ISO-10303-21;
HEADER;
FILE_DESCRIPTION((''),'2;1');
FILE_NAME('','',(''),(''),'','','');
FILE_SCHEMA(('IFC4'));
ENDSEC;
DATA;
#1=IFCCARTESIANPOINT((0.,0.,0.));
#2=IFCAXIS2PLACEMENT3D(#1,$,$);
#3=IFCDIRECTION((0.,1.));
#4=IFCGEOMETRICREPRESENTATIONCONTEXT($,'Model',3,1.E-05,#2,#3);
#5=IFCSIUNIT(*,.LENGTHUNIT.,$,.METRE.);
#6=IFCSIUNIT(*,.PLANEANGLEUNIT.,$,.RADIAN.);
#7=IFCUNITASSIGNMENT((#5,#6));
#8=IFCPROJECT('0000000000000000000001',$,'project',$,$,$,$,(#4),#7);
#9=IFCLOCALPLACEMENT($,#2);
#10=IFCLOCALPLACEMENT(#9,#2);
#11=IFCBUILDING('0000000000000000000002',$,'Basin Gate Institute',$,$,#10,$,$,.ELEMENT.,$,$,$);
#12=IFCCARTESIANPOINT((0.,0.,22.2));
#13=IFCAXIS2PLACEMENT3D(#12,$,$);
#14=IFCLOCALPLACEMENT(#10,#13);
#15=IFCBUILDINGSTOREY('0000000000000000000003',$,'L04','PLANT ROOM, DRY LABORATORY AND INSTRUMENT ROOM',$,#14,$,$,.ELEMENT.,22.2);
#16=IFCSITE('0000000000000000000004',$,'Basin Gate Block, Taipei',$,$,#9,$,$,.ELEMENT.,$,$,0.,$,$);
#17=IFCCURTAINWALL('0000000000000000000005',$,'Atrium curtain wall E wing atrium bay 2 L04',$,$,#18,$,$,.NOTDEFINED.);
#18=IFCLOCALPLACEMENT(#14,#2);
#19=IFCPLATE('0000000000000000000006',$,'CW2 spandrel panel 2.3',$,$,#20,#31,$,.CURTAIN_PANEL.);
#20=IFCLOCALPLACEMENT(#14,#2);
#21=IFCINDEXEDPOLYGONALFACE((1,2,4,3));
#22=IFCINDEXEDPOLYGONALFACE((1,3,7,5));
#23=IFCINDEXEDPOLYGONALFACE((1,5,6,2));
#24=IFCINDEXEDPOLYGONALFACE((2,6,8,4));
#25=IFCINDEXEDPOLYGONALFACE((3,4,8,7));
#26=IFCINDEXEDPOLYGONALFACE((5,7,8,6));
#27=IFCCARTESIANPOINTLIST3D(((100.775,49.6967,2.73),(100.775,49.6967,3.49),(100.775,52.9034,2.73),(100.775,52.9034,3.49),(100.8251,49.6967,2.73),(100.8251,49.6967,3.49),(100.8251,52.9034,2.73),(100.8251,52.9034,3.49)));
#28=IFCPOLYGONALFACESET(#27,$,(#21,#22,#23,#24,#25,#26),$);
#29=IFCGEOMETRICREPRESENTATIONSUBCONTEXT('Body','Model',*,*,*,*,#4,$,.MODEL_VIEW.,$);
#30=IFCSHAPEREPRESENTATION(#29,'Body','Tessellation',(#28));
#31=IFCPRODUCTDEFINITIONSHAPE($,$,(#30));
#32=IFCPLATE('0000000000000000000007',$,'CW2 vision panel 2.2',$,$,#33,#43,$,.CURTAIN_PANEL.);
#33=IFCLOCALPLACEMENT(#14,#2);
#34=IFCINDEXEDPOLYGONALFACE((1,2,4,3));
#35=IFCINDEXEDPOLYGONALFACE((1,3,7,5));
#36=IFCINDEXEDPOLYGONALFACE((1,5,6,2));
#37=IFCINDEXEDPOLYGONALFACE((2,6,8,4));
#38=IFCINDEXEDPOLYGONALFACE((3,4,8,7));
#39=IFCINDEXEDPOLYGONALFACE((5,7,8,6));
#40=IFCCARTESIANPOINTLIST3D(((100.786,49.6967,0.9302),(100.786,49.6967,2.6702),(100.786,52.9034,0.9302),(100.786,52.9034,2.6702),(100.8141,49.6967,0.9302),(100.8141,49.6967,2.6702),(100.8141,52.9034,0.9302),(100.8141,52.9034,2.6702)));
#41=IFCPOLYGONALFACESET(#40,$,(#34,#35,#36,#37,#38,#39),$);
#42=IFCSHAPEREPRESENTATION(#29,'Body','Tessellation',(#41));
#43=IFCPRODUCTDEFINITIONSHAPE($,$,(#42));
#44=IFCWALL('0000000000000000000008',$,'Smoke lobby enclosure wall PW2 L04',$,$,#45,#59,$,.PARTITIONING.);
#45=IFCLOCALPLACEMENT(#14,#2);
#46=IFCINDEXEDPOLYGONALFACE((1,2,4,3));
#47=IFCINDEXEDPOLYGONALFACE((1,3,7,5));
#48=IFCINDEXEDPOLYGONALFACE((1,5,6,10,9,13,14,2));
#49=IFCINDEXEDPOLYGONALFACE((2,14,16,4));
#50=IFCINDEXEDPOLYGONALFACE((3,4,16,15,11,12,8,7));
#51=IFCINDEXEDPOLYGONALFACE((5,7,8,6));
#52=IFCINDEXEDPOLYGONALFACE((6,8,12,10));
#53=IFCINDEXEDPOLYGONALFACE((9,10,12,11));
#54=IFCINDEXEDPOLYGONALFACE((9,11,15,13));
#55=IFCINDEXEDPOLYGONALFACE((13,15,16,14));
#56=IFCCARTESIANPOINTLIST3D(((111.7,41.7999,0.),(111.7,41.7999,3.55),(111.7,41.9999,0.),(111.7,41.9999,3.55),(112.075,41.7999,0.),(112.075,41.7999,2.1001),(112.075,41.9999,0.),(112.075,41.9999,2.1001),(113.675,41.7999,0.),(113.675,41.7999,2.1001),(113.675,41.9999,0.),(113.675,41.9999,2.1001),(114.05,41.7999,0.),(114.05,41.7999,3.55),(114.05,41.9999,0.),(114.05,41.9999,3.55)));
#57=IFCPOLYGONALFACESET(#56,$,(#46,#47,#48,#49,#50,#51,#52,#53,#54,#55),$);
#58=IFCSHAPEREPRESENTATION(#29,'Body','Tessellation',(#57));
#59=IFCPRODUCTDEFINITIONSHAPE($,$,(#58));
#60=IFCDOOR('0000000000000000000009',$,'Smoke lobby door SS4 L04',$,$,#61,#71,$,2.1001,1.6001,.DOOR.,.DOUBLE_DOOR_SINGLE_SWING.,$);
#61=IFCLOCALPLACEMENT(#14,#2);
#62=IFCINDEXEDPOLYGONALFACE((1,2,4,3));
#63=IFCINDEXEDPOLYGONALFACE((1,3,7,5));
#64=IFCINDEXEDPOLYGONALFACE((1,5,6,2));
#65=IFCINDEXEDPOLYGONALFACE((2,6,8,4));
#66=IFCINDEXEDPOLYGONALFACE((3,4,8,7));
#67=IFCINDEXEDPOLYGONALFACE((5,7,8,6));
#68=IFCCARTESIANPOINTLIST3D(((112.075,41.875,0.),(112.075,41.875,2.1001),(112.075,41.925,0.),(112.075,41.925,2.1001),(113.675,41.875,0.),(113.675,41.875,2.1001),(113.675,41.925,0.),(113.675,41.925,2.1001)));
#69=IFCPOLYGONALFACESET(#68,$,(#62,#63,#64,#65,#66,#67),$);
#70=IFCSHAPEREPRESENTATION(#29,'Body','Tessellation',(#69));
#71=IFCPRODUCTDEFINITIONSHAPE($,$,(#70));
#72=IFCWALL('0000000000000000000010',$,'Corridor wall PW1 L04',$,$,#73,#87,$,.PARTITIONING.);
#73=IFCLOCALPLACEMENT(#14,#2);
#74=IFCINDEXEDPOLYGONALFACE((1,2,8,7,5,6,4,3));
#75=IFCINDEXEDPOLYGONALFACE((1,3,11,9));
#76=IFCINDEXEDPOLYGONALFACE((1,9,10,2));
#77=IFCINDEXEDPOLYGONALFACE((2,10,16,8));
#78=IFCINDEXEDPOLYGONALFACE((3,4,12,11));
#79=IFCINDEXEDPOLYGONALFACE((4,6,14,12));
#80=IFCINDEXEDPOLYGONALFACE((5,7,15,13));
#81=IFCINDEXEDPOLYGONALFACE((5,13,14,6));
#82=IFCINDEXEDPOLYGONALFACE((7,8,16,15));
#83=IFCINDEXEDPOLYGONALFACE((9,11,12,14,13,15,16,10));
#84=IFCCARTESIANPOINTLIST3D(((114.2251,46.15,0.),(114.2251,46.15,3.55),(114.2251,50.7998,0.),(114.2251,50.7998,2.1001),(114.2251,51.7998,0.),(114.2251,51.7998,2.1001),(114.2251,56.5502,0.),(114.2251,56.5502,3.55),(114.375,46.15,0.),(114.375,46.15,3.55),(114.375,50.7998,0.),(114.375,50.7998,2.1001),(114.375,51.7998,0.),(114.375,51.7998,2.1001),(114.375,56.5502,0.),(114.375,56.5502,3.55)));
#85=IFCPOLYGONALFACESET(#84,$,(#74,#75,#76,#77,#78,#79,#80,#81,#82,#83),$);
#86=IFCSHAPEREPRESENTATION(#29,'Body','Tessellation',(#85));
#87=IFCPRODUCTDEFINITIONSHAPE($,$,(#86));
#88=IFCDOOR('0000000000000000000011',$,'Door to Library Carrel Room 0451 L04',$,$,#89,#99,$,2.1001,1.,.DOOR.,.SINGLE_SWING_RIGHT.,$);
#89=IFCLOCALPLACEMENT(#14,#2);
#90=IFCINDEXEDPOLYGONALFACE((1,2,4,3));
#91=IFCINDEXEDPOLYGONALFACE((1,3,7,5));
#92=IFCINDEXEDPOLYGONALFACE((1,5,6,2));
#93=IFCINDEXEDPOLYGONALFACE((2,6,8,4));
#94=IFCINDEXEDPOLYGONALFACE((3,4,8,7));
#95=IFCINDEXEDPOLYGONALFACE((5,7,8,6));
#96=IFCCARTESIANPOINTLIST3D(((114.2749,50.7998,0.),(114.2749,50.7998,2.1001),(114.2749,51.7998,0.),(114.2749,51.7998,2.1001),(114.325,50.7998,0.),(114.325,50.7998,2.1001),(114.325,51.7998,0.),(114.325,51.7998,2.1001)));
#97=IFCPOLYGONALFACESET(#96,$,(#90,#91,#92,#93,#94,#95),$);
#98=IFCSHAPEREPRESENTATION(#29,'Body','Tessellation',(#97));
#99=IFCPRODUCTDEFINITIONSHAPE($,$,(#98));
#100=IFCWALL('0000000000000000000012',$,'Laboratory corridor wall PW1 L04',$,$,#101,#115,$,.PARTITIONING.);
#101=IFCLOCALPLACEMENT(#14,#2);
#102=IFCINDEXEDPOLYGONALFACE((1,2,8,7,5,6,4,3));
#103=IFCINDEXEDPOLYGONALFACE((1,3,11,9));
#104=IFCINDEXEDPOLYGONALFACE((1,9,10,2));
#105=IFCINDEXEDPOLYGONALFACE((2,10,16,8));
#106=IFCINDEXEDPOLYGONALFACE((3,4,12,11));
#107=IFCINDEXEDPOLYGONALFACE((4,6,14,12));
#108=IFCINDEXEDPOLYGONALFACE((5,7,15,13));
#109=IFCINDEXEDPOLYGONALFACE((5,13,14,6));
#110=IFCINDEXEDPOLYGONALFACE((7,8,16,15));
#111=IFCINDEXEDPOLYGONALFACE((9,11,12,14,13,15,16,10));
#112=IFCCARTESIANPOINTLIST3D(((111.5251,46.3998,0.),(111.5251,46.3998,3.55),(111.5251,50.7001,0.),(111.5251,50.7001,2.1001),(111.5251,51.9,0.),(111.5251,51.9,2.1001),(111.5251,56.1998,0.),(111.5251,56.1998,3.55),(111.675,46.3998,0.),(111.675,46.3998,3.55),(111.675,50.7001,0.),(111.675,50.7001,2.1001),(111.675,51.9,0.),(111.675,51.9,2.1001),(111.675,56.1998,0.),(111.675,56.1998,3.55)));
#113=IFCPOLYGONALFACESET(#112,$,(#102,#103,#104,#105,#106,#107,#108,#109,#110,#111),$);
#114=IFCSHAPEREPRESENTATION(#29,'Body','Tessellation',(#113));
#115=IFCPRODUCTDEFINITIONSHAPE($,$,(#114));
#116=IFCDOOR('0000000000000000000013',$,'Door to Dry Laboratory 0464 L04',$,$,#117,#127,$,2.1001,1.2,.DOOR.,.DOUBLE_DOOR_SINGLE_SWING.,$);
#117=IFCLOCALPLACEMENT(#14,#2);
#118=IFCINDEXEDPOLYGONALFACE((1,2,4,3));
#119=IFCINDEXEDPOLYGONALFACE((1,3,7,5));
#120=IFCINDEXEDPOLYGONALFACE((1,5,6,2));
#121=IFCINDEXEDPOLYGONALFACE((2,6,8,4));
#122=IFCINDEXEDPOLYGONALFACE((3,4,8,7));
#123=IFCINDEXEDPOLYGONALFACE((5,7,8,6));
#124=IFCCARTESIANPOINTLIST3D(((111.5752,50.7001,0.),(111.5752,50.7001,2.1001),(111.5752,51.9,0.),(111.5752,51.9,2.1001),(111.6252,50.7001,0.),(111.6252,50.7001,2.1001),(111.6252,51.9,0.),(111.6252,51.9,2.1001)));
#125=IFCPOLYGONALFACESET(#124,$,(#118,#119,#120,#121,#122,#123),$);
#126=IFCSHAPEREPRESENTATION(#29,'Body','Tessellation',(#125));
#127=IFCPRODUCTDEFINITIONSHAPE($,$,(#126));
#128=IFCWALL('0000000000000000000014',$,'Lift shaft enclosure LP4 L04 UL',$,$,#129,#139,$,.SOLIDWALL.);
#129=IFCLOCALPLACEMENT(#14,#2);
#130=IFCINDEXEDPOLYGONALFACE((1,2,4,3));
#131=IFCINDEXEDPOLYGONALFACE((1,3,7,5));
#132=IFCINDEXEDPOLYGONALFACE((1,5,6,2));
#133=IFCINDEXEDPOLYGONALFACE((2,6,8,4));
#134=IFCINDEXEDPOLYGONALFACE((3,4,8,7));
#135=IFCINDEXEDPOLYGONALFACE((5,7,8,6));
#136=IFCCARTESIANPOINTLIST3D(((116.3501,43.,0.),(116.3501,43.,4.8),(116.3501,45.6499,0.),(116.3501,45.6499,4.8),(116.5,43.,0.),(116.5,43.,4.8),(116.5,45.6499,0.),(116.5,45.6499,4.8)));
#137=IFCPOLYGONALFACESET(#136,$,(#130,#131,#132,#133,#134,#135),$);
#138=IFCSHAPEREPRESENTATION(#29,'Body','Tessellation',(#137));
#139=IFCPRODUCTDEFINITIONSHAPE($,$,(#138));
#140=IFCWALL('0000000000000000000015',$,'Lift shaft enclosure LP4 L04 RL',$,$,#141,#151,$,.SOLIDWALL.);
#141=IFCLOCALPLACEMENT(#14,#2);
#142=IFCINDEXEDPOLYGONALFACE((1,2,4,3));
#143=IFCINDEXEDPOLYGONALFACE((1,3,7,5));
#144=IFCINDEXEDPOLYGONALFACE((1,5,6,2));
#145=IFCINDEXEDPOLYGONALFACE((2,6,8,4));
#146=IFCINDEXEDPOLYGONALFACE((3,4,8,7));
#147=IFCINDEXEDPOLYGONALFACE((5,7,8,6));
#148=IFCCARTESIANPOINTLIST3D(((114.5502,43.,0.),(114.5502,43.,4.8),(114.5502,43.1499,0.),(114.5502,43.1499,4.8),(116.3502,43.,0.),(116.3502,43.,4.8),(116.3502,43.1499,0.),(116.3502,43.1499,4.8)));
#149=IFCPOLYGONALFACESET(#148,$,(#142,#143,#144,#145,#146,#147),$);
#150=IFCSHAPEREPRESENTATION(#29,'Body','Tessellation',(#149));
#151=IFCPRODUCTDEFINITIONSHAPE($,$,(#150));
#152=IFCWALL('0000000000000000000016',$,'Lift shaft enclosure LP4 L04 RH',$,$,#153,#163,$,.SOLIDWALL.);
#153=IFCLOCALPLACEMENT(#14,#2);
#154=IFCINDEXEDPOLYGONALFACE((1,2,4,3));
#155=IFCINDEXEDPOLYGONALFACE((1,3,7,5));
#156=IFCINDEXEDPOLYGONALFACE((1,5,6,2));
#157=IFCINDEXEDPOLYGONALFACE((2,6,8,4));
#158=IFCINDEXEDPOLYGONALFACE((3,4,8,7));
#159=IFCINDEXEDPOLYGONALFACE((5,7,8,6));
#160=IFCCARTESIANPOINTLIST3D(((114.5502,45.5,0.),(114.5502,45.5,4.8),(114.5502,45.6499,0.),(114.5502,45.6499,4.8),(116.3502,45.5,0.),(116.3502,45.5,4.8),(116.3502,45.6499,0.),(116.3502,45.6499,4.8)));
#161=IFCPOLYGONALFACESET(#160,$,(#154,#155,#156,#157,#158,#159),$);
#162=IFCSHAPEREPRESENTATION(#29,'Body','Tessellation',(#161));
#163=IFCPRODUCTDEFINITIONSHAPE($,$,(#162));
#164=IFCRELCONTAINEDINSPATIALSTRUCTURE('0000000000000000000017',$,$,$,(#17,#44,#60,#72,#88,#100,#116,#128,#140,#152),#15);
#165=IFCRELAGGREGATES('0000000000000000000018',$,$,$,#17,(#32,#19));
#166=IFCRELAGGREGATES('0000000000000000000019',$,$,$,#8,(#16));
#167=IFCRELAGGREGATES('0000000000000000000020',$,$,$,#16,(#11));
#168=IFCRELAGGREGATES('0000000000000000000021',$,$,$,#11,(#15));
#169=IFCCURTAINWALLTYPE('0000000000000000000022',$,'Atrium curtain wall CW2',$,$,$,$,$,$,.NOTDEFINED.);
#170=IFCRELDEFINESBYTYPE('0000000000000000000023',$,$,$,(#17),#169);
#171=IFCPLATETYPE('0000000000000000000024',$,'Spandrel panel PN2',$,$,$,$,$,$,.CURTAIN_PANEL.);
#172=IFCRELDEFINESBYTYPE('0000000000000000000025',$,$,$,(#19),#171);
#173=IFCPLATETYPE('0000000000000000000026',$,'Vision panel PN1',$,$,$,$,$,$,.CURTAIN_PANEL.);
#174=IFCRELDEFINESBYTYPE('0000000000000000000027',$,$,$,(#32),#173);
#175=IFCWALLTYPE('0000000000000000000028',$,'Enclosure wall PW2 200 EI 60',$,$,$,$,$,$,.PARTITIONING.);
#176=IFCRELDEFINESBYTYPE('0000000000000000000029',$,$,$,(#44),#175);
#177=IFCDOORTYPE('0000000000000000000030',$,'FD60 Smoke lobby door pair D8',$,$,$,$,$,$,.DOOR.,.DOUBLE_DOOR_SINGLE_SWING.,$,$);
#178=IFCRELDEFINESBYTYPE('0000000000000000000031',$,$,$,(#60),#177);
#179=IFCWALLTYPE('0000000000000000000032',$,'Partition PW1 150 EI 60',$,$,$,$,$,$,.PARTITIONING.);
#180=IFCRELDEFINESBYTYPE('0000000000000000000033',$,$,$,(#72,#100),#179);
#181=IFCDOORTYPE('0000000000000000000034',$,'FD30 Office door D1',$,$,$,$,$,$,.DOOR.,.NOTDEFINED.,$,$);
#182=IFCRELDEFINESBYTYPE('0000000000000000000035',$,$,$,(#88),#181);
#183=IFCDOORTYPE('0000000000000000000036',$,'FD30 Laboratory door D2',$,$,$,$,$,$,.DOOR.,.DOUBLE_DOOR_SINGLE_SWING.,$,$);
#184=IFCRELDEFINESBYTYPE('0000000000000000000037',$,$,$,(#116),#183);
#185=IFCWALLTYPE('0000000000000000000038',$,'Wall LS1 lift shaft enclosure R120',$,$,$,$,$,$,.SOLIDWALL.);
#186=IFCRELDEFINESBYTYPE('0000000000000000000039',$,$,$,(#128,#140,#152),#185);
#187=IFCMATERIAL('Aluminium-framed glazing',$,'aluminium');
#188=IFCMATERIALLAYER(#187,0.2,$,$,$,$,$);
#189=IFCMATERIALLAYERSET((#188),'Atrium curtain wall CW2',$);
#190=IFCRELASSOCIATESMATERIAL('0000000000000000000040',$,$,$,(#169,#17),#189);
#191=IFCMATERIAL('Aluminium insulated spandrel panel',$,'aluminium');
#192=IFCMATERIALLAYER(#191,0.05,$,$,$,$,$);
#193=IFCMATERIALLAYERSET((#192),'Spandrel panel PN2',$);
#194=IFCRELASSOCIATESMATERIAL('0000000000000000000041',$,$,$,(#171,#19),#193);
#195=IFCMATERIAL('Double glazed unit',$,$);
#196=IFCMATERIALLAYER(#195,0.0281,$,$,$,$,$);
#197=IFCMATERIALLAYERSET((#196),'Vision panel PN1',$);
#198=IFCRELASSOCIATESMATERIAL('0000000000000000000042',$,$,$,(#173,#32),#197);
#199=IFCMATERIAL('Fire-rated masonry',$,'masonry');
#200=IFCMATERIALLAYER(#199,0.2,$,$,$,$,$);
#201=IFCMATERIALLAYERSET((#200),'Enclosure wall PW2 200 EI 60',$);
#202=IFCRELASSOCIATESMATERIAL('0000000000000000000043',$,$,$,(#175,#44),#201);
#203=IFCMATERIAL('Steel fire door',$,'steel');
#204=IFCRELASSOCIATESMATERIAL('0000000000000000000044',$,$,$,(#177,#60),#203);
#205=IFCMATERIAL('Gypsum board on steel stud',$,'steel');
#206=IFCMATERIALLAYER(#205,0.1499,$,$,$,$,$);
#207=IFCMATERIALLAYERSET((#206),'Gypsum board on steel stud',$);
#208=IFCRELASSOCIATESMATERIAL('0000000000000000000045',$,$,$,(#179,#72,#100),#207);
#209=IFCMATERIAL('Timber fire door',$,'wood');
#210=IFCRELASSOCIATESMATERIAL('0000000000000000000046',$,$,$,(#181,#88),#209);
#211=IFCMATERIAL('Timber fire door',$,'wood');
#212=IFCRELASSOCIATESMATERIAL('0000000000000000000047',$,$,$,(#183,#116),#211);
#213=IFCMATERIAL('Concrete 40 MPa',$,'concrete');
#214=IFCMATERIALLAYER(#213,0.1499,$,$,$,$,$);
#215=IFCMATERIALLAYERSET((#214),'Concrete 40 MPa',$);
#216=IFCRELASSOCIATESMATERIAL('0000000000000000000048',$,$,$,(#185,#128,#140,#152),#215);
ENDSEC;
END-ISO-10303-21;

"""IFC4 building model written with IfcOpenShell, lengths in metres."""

from ifc_helpers import new_model, si_unit, direction, frame, frame_2d, origin, origin_2d, place, context, subcontext, project, spatial, rectangle, extrude, material, layer, layer_set, type_object, element, fill, aggregate, save


model = new_model("IFC4")

# Units and contexts
model_context = context("Model", 3, precision=1e-05, world=origin(), true_north=direction((0.0, 1.0)))
body_context = subcontext(model_context, "Body", "Model", "MODEL_VIEW")
ifc_project = project(units=[si_unit("LENGTHUNIT", "METRE"), si_unit("PLANEANGLEUNIT", "RADIAN")], contexts=[model_context])

# Site, building, storey
site_placement = place(None, origin())
site = spatial("IfcSite", under=ifc_project, at=site_placement, Name="Basin Gate Block, Taipei", CompositionType="ELEMENT", RefElevation=0.0)
building_placement = place(site_placement, origin())
building = spatial("IfcBuilding", under=site, at=building_placement, Name="Basin Gate Institute", CompositionType="ELEMENT")
storey_placement = place(building_placement, frame((0.0, 0.0, 22.2)))
storey = spatial("IfcBuildingStorey", under=building, at=storey_placement, Name="L04", Description="PLANT ROOM, DRY LABORATORY AND INSTRUMENT ROOM", CompositionType="ELEMENT", Elevation=22.2)

# Curtain wall
ifc_material_1 = material(Name="Aluminium-framed glazing", Category="aluminium")
ifc_layer_1 = layer(ifc_material_1, 0.2)
ifc_layer_set_1 = layer_set([ifc_layer_1], Name="Atrium curtain wall CW2")
curtain_wall_type = type_object("IfcCurtainWallType", Name="Atrium curtain wall CW2", PredefinedType="NOTDEFINED", material=ifc_layer_set_1)
curtain_wall_placement = place(storey_placement, origin())
curtain_wall = element("IfcCurtainWall", 1, at=curtain_wall_placement, inside=storey, type_object=curtain_wall_type, material=ifc_layer_set_1, Name="Atrium curtain wall E wing atrium bay 2 L04", PredefinedType="NOTDEFINED")

# Plates
ifc_material_2 = material(Name="Aluminium insulated spandrel panel", Category="aluminium")
ifc_layer_2 = layer(ifc_material_2, 0.05)
ifc_layer_set_2 = layer_set([ifc_layer_2], Name="Spandrel panel PN2")
plate_type_1 = type_object("IfcPlateType", Name="Spandrel panel PN2", PredefinedType="CURTAIN_PANEL", material=ifc_layer_set_2)
plate_1_placement = place(storey_placement, frame((100.8, 51.3, 2.73), z_axis=(0.0, 0.0, 1.0), x_axis=(0.0, 1.0, 0.0)))
plate_1 = element("IfcPlate", 2, at=plate_1_placement, type_object=plate_type_1, material=ifc_layer_set_2, Name="CW2 spandrel panel 2.3", PredefinedType="CURTAIN_PANEL", context=body_context, shape_type="SweptSolid", body=[
    extrude(rectangle(XDim=3.2068, YDim=0.05, at=origin_2d()), origin(), (0.0, 0.0, 1.0), 0.76),
])
ifc_material_3 = material(Name="Double glazed unit")
ifc_layer_3 = layer(ifc_material_3, 0.0281)
ifc_layer_set_3 = layer_set([ifc_layer_3], Name="Vision panel PN1")
plate_type_2 = type_object("IfcPlateType", Name="Vision panel PN1", PredefinedType="CURTAIN_PANEL", material=ifc_layer_set_3)
plate_2_placement = place(storey_placement, frame((100.8, 51.3, 0.9302), z_axis=(0.0, 0.0, 1.0), x_axis=(0.0, 1.0, 0.0)))
plate_2 = element("IfcPlate", 3, at=plate_2_placement, type_object=plate_type_2, material=ifc_layer_set_3, Name="CW2 vision panel 2.2", PredefinedType="CURTAIN_PANEL", context=body_context, shape_type="SweptSolid", body=[
    extrude(rectangle(XDim=3.2068, YDim=0.0281, at=origin_2d()), origin(), (0.0, 0.0, 1.0), 1.74),
])
aggregate(curtain_wall, [plate_2, plate_1])

# Walls, openings, doors
ifc_material_4 = material(Name="Fire-rated masonry", Category="masonry")
ifc_layer_4 = layer(ifc_material_4, 0.2)
ifc_layer_set_4 = layer_set([ifc_layer_4], Name="Enclosure wall PW2 200 EI 60")
wall_type_1 = type_object("IfcWallType", Name="Enclosure wall PW2 200 EI 60", PredefinedType="PARTITIONING", material=ifc_layer_set_4)
wall_1_placement = place(storey_placement, frame((114.05, 41.8999, 0.0), z_axis=(0.0, 0.0, 1.0), x_axis=(-1.0, 0.0, 0.0)))
wall_1 = element("IfcWall", 4, at=wall_1_placement, inside=storey, type_object=wall_type_1, material=ifc_layer_set_4, Name="Smoke lobby enclosure wall PW2 L04", PredefinedType="PARTITIONING", context=body_context, shape_type="SweptSolid", body=[
    extrude(rectangle(XDim=2.3501, YDim=0.2, at=frame_2d((1.175, 0.0))), origin(), (0.0, 0.0, 1.0), 3.55),
])
opening_1_placement = place(wall_1_placement, frame((0.375, 0.0, 0.0)))
opening_1 = element("IfcOpeningElement", 5, at=opening_1_placement, cuts=wall_1, PredefinedType="OPENING", context=body_context, shape_type="SweptSolid", body=[
    extrude(rectangle(XDim=1.6001, YDim=2.1001, at=frame_2d((0.8, 1.05))), frame((0.0, 0.1099, 0.0), z_axis=(0.0, -1.0, 0.0), x_axis=(1.0, 0.0, 0.0)), (0.0, 0.0, 1.0), 0.22),
])
ifc_material_5 = material(Name="Steel fire door", Category="steel")
door_type_1 = type_object("IfcDoorType", Name="FD60 Smoke lobby door pair D8", OperationType="DOUBLE_DOOR_SINGLE_SWING", PredefinedType="DOOR", material=ifc_material_5)
door_1_placement = place(opening_1_placement, origin())
door_1 = element("IfcDoor", 6, at=door_1_placement, inside=storey, type_object=door_type_1, material=ifc_material_5, Name="Smoke lobby door SS4 L04", OperationType="DOUBLE_DOOR_SINGLE_SWING", OverallHeight=2.1001, OverallWidth=1.6001, PredefinedType="DOOR", context=body_context, shape_type="SweptSolid", body=[
    extrude(rectangle(XDim=1.6001, YDim=2.1001, at=frame_2d((0.8, 1.05))), frame((0.0, 0.0249, 0.0), z_axis=(0.0, -1.0, 0.0), x_axis=(1.0, 0.0, 0.0)), (0.0, 0.0, 1.0), 0.05),
])
fill(opening_1, door_1)
ifc_material_6 = material(Name="Gypsum board on steel stud", Category="steel")
ifc_layer_5 = layer(ifc_material_6, 0.1499)
ifc_layer_set_5 = layer_set([ifc_layer_5], Name="Gypsum board on steel stud")
wall_type_2 = type_object("IfcWallType", Name="Partition PW1 150 EI 60", PredefinedType="PARTITIONING", material=ifc_layer_set_5)
wall_2_placement = place(storey_placement, frame((114.3, 46.1499, 0.0), z_axis=(0.0, 0.0, 1.0), x_axis=(0.0, 1.0, 0.0)))
wall_2 = element("IfcWall", 7, at=wall_2_placement, inside=storey, type_object=wall_type_2, material=ifc_layer_set_5, Name="Corridor wall PW1 L04", PredefinedType="PARTITIONING", context=body_context, shape_type="SweptSolid", body=[
    extrude(rectangle(XDim=10.4001, YDim=0.1499, at=frame_2d((5.2002, 0.0))), origin(), (0.0, 0.0, 1.0), 3.55),
])
opening_2_placement = place(wall_2_placement, frame((4.6499, 0.0, 0.0)))
opening_2 = element("IfcOpeningElement", 8, at=opening_2_placement, cuts=wall_2, PredefinedType="OPENING", context=body_context, shape_type="SweptSolid", body=[
    extrude(rectangle(XDim=1.0, YDim=2.1001, at=frame_2d((0.5, 1.05))), frame((0.0, 0.085, 0.0), z_axis=(0.0, -1.0, 0.0), x_axis=(1.0, 0.0, 0.0)), (0.0, 0.0, 1.0), 0.1699),
])
ifc_material_7 = material(Name="Timber fire door", Category="wood")
door_type_2 = type_object("IfcDoorType", Name="FD30 Office door D1", OperationType="NOTDEFINED", PredefinedType="DOOR", material=ifc_material_7)
door_2_placement = place(opening_2_placement, frame((1.0, 0.0, 0.0), z_axis=(0.0, 0.0, 1.0), x_axis=(-1.0, 0.0, 0.0)))
door_2 = element("IfcDoor", 9, at=door_2_placement, inside=storey, type_object=door_type_2, material=ifc_material_7, Name="Door to Library Carrel Room 0451 L04", OperationType="SINGLE_SWING_RIGHT", OverallHeight=2.1001, OverallWidth=1.0, PredefinedType="DOOR", context=body_context, shape_type="SweptSolid", body=[
    extrude(rectangle(XDim=1.0, YDim=2.1001, at=frame_2d((0.5, 1.05))), frame((0.0, 0.0249, 0.0), z_axis=(0.0, -1.0, 0.0), x_axis=(1.0, 0.0, 0.0)), (0.0, 0.0, 1.0), 0.05),
])
fill(opening_2, door_2)
wall_3_placement = place(storey_placement, frame((111.6001, 46.3999, 0.0), z_axis=(0.0, 0.0, 1.0), x_axis=(0.0, 1.0, 0.0)))
wall_3 = element("IfcWall", 10, at=wall_3_placement, inside=storey, type_object=wall_type_2, material=ifc_layer_set_5, Name="Laboratory corridor wall PW1 L04", PredefinedType="PARTITIONING", context=body_context, shape_type="SweptSolid", body=[
    extrude(rectangle(XDim=9.8, YDim=0.1499, at=frame_2d((4.8999, 0.0))), origin(), (0.0, 0.0, 1.0), 3.55),
])
opening_3_placement = place(wall_3_placement, frame((4.3, 0.0, 0.0)))
opening_3 = element("IfcOpeningElement", 11, at=opening_3_placement, cuts=wall_3, PredefinedType="OPENING", context=body_context, shape_type="SweptSolid", body=[
    extrude(rectangle(XDim=1.2, YDim=2.1001, at=frame_2d((0.6001, 1.05))), frame((0.0, 0.085, 0.0), z_axis=(0.0, -1.0, 0.0), x_axis=(1.0, 0.0, 0.0)), (0.0, 0.0, 1.0), 0.1699),
])
ifc_material_8 = material(Name="Timber fire door", Category="wood")
door_type_3 = type_object("IfcDoorType", Name="FD30 Laboratory door D2", OperationType="DOUBLE_DOOR_SINGLE_SWING", PredefinedType="DOOR", material=ifc_material_8)
door_3_placement = place(opening_3_placement, origin())
door_3 = element("IfcDoor", 12, at=door_3_placement, inside=storey, type_object=door_type_3, material=ifc_material_8, Name="Door to Dry Laboratory 0464 L04", OperationType="DOUBLE_DOOR_SINGLE_SWING", OverallHeight=2.1001, OverallWidth=1.2, PredefinedType="DOOR", context=body_context, shape_type="SweptSolid", body=[
    extrude(rectangle(XDim=1.2, YDim=2.1001, at=frame_2d((0.6001, 1.05))), frame((0.0, 0.0249, 0.0), z_axis=(0.0, -1.0, 0.0), x_axis=(1.0, 0.0, 0.0)), (0.0, 0.0, 1.0), 0.05),
])
fill(opening_3, door_3)

# Walls
ifc_material_9 = material(Name="Concrete 40 MPa", Category="concrete")
ifc_layer_6 = layer(ifc_material_9, 0.1499)
ifc_layer_set_6 = layer_set([ifc_layer_6], Name="Concrete 40 MPa")
wall_type_3 = type_object("IfcWallType", Name="Wall LS1 lift shaft enclosure R120", PredefinedType="SOLIDWALL", material=ifc_layer_set_6)
wall_4_placement = place(storey_placement, frame((116.425, 43.0, 0.0), z_axis=(0.0, 0.0, 1.0), x_axis=(0.0, 1.0, 0.0)))
element("IfcWall", 13, at=wall_4_placement, inside=storey, type_object=wall_type_3, material=ifc_layer_set_6, Name="Lift shaft enclosure LP4 L04 UL", PredefinedType="SOLIDWALL", context=body_context, shape_type="SweptSolid", body=[
    extrude(rectangle(XDim=2.6499, YDim=0.1499, at=frame_2d((1.325, 0.0))), origin(), (0.0, 0.0, 1.0), 4.8),
])
for number, where, z_axis, x_axis, name in (
    (14, (116.3501, 43.075, 0.0), (0.0, 0.0, 1.0), (-1.0, 0.0, 0.0), "Lift shaft enclosure LP4 L04 RL"),
    (15, (116.3501, 45.575, 0.0), (0.0, 0.0, 1.0), (-1.0, 0.0, 0.0), "Lift shaft enclosure LP4 L04 RH"),
):
    element("IfcWall", number, at=place(storey_placement, frame(where, z_axis=z_axis, x_axis=x_axis)), inside=storey, type_object=wall_type_3, material=ifc_layer_set_6, Name=name, PredefinedType="SOLIDWALL", context=body_context, shape_type="SweptSolid", body=[
        extrude(rectangle(XDim=1.8, YDim=0.1499, at=frame_2d((0.8999, 0.0))), origin(), (0.0, 0.0, 1.0), 4.8),
    ])

save(model, "model.ifc")
